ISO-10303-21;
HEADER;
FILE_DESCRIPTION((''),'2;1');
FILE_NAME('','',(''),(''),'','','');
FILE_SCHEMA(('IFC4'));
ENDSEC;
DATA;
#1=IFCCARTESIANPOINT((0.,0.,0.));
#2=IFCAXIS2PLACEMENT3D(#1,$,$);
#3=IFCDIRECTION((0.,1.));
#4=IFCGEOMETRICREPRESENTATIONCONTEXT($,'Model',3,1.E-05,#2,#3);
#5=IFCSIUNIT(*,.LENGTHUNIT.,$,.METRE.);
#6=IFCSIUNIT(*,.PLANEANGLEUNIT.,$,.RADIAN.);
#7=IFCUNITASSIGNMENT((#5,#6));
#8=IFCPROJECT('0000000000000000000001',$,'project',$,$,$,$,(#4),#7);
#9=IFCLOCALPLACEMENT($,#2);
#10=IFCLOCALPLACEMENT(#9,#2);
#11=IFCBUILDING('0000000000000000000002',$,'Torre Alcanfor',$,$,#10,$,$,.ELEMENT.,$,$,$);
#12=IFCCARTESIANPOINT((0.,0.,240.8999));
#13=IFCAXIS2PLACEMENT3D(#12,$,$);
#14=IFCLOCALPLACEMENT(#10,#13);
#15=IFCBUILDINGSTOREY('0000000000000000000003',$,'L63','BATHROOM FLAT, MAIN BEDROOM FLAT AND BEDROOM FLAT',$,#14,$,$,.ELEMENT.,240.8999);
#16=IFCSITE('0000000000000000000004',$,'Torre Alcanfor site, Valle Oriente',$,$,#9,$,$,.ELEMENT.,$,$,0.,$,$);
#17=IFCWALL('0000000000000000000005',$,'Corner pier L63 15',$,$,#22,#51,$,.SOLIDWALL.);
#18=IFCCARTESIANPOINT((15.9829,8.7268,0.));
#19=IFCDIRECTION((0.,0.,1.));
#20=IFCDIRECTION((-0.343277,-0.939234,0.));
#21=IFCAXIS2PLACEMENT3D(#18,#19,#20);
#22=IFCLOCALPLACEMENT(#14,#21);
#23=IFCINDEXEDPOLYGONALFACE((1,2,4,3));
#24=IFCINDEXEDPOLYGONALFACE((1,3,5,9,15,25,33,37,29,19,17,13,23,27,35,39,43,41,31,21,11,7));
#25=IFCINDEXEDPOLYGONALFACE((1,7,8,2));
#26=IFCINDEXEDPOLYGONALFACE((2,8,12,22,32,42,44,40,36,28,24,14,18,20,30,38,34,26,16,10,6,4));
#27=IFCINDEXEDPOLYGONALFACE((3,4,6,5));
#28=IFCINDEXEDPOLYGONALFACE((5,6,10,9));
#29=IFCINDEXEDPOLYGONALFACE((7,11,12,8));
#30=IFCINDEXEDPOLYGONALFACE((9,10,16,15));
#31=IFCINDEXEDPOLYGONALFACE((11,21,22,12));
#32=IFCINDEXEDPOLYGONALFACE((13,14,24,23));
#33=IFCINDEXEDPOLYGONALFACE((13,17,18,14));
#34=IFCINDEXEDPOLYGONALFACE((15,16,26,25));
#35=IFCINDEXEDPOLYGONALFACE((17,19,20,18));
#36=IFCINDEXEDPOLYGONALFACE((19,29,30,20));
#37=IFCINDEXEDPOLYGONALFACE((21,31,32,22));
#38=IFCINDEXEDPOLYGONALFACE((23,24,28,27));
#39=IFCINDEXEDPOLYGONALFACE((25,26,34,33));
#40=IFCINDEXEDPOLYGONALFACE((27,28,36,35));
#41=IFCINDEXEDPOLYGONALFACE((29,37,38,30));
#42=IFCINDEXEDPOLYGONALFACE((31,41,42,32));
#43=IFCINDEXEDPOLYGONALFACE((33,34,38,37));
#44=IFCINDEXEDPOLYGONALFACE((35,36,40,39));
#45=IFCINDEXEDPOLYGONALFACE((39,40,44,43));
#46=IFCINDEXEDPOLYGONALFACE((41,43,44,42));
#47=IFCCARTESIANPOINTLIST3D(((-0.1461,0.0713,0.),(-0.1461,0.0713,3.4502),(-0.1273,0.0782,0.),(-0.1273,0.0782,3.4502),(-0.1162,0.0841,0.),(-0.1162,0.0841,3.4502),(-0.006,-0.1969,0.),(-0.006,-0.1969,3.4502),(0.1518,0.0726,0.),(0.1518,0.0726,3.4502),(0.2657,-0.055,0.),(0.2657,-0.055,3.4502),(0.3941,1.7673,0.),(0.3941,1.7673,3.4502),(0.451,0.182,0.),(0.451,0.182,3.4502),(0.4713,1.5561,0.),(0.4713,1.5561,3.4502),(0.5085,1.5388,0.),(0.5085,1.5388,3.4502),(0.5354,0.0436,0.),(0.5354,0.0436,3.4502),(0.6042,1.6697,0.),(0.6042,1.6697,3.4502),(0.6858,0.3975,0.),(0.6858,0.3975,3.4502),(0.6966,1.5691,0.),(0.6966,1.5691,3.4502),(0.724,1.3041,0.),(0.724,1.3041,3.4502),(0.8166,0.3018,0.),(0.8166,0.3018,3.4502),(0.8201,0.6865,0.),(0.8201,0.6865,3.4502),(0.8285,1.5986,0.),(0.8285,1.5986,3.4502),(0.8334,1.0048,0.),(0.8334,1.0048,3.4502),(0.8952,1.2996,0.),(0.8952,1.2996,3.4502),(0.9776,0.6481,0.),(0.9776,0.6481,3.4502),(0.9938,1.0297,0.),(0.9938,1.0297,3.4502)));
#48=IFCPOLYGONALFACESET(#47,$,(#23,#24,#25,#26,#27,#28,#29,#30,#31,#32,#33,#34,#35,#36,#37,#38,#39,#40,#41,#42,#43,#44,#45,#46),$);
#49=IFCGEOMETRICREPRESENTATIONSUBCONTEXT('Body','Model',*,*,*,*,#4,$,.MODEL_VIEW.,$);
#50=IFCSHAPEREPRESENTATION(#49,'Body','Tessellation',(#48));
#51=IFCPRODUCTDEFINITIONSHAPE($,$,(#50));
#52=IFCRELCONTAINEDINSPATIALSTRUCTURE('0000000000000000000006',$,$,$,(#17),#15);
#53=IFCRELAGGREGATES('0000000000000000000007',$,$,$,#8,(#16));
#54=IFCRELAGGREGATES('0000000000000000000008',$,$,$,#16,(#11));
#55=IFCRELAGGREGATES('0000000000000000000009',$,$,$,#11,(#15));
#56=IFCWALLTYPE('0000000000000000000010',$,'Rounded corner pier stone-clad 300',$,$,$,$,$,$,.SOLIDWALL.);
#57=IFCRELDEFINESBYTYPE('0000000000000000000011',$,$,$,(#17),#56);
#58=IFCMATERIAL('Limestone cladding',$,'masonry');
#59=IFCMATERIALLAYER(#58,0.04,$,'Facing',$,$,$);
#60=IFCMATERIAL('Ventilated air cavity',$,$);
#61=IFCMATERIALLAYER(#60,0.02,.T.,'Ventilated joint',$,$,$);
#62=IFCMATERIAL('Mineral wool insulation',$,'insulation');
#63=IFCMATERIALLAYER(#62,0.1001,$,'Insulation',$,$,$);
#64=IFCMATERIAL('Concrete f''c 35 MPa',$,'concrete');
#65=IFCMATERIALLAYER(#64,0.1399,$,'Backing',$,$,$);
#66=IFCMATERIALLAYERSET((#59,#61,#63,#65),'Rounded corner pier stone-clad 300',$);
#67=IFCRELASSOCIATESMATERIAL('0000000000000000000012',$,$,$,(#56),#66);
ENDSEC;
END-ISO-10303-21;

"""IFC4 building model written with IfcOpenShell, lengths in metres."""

from ifc_helpers import new_model, si_unit, direction, frame, origin, place, context, subcontext, project, spatial, polyline, outline, extrude, material, layer, layer_set, type_object, element, save


model = new_model("IFC4")

# Units and contexts
model_context = context("Model", 3, precision=1e-05, world=origin(), true_north=direction((0.0, 1.0)))
body_context = subcontext(model_context, "Body", "Model", "MODEL_VIEW")
ifc_project = project(units=[si_unit("LENGTHUNIT", "METRE"), si_unit("PLANEANGLEUNIT", "RADIAN")], contexts=[model_context])

# Site, building, storey
site_placement = place(None, origin())
site = spatial("IfcSite", under=ifc_project, at=site_placement, Name="Torre Alcanfor site, Valle Oriente", CompositionType="ELEMENT", RefElevation=0.0)
building_placement = place(site_placement, origin())
building = spatial("IfcBuilding", under=site, at=building_placement, Name="Torre Alcanfor", CompositionType="ELEMENT")
storey_placement = place(building_placement, frame((0.0, 0.0, 240.8999)))
storey = spatial("IfcBuildingStorey", under=building, at=storey_placement, Name="L63", Description="BATHROOM FLAT, MAIN BEDROOM FLAT AND BEDROOM FLAT", CompositionType="ELEMENT", Elevation=240.8999)

# Shared definitions
ifc_material_1 = material(Name="Limestone cladding", Category="masonry")
ifc_material_2 = material(Name="Ventilated air cavity")
ifc_material_3 = material(Name="Mineral wool insulation", Category="insulation")
ifc_material_4 = material(Name="Concrete f'c 35 MPa", Category="concrete")

# Wall
ifc_layer_1 = layer(ifc_material_1, 0.04, Name="Facing")
ifc_layer_2 = layer(ifc_material_2, 0.02, ventilated=True, Name="Ventilated joint")
ifc_layer_3 = layer(ifc_material_3, 0.1001, Name="Insulation")
ifc_layer_4 = layer(ifc_material_4, 0.1399, Name="Backing")
ifc_layer_set_1 = layer_set([ifc_layer_1, ifc_layer_2, ifc_layer_3, ifc_layer_4], Name="Rounded corner pier stone-clad 300")
wall_type_1 = type_object("IfcWallType", Name="Rounded corner pier stone-clad 300", PredefinedType="SOLIDWALL", material=ifc_layer_set_1)
wall_1_placement = place(storey_placement, frame((15.9829, 8.7268, 0.0), z_axis=(0.0, 0.0, 1.0), x_axis=(-0.343277, -0.939234, 0.0)))
element("IfcWall", 1, at=wall_1_placement, inside=storey, type_object=wall_type_1, Name="Corner pier L63 15", PredefinedType="SOLIDWALL", context=body_context, shape_type="SweptSolid", body=[
    extrude(outline(polyline([(0.8285, 1.5986), (0.6966, 1.5691), (0.6042, 1.6697), (0.3941, 1.7673), (0.4713, 1.5561), (0.5085, 1.5388), (0.724, 1.3041), (0.8334, 1.0048), (0.8201, 0.6865), (0.6858, 0.3975), (0.451, 0.182), (0.1518, 0.0726), (-0.1162, 0.0841), (-0.1273, 0.0782), (-0.1461, 0.0713), (-0.006, -0.1969), (0.2657, -0.055), (0.5354, 0.0436), (0.8166, 0.3018), (0.9776, 0.6481), (0.9938, 1.0297), (0.8952, 1.2996), (0.8285, 1.5986)])), origin(), (0.0, 0.0, 1.0), 3.4502),
])

save(model, "model.ifc")
